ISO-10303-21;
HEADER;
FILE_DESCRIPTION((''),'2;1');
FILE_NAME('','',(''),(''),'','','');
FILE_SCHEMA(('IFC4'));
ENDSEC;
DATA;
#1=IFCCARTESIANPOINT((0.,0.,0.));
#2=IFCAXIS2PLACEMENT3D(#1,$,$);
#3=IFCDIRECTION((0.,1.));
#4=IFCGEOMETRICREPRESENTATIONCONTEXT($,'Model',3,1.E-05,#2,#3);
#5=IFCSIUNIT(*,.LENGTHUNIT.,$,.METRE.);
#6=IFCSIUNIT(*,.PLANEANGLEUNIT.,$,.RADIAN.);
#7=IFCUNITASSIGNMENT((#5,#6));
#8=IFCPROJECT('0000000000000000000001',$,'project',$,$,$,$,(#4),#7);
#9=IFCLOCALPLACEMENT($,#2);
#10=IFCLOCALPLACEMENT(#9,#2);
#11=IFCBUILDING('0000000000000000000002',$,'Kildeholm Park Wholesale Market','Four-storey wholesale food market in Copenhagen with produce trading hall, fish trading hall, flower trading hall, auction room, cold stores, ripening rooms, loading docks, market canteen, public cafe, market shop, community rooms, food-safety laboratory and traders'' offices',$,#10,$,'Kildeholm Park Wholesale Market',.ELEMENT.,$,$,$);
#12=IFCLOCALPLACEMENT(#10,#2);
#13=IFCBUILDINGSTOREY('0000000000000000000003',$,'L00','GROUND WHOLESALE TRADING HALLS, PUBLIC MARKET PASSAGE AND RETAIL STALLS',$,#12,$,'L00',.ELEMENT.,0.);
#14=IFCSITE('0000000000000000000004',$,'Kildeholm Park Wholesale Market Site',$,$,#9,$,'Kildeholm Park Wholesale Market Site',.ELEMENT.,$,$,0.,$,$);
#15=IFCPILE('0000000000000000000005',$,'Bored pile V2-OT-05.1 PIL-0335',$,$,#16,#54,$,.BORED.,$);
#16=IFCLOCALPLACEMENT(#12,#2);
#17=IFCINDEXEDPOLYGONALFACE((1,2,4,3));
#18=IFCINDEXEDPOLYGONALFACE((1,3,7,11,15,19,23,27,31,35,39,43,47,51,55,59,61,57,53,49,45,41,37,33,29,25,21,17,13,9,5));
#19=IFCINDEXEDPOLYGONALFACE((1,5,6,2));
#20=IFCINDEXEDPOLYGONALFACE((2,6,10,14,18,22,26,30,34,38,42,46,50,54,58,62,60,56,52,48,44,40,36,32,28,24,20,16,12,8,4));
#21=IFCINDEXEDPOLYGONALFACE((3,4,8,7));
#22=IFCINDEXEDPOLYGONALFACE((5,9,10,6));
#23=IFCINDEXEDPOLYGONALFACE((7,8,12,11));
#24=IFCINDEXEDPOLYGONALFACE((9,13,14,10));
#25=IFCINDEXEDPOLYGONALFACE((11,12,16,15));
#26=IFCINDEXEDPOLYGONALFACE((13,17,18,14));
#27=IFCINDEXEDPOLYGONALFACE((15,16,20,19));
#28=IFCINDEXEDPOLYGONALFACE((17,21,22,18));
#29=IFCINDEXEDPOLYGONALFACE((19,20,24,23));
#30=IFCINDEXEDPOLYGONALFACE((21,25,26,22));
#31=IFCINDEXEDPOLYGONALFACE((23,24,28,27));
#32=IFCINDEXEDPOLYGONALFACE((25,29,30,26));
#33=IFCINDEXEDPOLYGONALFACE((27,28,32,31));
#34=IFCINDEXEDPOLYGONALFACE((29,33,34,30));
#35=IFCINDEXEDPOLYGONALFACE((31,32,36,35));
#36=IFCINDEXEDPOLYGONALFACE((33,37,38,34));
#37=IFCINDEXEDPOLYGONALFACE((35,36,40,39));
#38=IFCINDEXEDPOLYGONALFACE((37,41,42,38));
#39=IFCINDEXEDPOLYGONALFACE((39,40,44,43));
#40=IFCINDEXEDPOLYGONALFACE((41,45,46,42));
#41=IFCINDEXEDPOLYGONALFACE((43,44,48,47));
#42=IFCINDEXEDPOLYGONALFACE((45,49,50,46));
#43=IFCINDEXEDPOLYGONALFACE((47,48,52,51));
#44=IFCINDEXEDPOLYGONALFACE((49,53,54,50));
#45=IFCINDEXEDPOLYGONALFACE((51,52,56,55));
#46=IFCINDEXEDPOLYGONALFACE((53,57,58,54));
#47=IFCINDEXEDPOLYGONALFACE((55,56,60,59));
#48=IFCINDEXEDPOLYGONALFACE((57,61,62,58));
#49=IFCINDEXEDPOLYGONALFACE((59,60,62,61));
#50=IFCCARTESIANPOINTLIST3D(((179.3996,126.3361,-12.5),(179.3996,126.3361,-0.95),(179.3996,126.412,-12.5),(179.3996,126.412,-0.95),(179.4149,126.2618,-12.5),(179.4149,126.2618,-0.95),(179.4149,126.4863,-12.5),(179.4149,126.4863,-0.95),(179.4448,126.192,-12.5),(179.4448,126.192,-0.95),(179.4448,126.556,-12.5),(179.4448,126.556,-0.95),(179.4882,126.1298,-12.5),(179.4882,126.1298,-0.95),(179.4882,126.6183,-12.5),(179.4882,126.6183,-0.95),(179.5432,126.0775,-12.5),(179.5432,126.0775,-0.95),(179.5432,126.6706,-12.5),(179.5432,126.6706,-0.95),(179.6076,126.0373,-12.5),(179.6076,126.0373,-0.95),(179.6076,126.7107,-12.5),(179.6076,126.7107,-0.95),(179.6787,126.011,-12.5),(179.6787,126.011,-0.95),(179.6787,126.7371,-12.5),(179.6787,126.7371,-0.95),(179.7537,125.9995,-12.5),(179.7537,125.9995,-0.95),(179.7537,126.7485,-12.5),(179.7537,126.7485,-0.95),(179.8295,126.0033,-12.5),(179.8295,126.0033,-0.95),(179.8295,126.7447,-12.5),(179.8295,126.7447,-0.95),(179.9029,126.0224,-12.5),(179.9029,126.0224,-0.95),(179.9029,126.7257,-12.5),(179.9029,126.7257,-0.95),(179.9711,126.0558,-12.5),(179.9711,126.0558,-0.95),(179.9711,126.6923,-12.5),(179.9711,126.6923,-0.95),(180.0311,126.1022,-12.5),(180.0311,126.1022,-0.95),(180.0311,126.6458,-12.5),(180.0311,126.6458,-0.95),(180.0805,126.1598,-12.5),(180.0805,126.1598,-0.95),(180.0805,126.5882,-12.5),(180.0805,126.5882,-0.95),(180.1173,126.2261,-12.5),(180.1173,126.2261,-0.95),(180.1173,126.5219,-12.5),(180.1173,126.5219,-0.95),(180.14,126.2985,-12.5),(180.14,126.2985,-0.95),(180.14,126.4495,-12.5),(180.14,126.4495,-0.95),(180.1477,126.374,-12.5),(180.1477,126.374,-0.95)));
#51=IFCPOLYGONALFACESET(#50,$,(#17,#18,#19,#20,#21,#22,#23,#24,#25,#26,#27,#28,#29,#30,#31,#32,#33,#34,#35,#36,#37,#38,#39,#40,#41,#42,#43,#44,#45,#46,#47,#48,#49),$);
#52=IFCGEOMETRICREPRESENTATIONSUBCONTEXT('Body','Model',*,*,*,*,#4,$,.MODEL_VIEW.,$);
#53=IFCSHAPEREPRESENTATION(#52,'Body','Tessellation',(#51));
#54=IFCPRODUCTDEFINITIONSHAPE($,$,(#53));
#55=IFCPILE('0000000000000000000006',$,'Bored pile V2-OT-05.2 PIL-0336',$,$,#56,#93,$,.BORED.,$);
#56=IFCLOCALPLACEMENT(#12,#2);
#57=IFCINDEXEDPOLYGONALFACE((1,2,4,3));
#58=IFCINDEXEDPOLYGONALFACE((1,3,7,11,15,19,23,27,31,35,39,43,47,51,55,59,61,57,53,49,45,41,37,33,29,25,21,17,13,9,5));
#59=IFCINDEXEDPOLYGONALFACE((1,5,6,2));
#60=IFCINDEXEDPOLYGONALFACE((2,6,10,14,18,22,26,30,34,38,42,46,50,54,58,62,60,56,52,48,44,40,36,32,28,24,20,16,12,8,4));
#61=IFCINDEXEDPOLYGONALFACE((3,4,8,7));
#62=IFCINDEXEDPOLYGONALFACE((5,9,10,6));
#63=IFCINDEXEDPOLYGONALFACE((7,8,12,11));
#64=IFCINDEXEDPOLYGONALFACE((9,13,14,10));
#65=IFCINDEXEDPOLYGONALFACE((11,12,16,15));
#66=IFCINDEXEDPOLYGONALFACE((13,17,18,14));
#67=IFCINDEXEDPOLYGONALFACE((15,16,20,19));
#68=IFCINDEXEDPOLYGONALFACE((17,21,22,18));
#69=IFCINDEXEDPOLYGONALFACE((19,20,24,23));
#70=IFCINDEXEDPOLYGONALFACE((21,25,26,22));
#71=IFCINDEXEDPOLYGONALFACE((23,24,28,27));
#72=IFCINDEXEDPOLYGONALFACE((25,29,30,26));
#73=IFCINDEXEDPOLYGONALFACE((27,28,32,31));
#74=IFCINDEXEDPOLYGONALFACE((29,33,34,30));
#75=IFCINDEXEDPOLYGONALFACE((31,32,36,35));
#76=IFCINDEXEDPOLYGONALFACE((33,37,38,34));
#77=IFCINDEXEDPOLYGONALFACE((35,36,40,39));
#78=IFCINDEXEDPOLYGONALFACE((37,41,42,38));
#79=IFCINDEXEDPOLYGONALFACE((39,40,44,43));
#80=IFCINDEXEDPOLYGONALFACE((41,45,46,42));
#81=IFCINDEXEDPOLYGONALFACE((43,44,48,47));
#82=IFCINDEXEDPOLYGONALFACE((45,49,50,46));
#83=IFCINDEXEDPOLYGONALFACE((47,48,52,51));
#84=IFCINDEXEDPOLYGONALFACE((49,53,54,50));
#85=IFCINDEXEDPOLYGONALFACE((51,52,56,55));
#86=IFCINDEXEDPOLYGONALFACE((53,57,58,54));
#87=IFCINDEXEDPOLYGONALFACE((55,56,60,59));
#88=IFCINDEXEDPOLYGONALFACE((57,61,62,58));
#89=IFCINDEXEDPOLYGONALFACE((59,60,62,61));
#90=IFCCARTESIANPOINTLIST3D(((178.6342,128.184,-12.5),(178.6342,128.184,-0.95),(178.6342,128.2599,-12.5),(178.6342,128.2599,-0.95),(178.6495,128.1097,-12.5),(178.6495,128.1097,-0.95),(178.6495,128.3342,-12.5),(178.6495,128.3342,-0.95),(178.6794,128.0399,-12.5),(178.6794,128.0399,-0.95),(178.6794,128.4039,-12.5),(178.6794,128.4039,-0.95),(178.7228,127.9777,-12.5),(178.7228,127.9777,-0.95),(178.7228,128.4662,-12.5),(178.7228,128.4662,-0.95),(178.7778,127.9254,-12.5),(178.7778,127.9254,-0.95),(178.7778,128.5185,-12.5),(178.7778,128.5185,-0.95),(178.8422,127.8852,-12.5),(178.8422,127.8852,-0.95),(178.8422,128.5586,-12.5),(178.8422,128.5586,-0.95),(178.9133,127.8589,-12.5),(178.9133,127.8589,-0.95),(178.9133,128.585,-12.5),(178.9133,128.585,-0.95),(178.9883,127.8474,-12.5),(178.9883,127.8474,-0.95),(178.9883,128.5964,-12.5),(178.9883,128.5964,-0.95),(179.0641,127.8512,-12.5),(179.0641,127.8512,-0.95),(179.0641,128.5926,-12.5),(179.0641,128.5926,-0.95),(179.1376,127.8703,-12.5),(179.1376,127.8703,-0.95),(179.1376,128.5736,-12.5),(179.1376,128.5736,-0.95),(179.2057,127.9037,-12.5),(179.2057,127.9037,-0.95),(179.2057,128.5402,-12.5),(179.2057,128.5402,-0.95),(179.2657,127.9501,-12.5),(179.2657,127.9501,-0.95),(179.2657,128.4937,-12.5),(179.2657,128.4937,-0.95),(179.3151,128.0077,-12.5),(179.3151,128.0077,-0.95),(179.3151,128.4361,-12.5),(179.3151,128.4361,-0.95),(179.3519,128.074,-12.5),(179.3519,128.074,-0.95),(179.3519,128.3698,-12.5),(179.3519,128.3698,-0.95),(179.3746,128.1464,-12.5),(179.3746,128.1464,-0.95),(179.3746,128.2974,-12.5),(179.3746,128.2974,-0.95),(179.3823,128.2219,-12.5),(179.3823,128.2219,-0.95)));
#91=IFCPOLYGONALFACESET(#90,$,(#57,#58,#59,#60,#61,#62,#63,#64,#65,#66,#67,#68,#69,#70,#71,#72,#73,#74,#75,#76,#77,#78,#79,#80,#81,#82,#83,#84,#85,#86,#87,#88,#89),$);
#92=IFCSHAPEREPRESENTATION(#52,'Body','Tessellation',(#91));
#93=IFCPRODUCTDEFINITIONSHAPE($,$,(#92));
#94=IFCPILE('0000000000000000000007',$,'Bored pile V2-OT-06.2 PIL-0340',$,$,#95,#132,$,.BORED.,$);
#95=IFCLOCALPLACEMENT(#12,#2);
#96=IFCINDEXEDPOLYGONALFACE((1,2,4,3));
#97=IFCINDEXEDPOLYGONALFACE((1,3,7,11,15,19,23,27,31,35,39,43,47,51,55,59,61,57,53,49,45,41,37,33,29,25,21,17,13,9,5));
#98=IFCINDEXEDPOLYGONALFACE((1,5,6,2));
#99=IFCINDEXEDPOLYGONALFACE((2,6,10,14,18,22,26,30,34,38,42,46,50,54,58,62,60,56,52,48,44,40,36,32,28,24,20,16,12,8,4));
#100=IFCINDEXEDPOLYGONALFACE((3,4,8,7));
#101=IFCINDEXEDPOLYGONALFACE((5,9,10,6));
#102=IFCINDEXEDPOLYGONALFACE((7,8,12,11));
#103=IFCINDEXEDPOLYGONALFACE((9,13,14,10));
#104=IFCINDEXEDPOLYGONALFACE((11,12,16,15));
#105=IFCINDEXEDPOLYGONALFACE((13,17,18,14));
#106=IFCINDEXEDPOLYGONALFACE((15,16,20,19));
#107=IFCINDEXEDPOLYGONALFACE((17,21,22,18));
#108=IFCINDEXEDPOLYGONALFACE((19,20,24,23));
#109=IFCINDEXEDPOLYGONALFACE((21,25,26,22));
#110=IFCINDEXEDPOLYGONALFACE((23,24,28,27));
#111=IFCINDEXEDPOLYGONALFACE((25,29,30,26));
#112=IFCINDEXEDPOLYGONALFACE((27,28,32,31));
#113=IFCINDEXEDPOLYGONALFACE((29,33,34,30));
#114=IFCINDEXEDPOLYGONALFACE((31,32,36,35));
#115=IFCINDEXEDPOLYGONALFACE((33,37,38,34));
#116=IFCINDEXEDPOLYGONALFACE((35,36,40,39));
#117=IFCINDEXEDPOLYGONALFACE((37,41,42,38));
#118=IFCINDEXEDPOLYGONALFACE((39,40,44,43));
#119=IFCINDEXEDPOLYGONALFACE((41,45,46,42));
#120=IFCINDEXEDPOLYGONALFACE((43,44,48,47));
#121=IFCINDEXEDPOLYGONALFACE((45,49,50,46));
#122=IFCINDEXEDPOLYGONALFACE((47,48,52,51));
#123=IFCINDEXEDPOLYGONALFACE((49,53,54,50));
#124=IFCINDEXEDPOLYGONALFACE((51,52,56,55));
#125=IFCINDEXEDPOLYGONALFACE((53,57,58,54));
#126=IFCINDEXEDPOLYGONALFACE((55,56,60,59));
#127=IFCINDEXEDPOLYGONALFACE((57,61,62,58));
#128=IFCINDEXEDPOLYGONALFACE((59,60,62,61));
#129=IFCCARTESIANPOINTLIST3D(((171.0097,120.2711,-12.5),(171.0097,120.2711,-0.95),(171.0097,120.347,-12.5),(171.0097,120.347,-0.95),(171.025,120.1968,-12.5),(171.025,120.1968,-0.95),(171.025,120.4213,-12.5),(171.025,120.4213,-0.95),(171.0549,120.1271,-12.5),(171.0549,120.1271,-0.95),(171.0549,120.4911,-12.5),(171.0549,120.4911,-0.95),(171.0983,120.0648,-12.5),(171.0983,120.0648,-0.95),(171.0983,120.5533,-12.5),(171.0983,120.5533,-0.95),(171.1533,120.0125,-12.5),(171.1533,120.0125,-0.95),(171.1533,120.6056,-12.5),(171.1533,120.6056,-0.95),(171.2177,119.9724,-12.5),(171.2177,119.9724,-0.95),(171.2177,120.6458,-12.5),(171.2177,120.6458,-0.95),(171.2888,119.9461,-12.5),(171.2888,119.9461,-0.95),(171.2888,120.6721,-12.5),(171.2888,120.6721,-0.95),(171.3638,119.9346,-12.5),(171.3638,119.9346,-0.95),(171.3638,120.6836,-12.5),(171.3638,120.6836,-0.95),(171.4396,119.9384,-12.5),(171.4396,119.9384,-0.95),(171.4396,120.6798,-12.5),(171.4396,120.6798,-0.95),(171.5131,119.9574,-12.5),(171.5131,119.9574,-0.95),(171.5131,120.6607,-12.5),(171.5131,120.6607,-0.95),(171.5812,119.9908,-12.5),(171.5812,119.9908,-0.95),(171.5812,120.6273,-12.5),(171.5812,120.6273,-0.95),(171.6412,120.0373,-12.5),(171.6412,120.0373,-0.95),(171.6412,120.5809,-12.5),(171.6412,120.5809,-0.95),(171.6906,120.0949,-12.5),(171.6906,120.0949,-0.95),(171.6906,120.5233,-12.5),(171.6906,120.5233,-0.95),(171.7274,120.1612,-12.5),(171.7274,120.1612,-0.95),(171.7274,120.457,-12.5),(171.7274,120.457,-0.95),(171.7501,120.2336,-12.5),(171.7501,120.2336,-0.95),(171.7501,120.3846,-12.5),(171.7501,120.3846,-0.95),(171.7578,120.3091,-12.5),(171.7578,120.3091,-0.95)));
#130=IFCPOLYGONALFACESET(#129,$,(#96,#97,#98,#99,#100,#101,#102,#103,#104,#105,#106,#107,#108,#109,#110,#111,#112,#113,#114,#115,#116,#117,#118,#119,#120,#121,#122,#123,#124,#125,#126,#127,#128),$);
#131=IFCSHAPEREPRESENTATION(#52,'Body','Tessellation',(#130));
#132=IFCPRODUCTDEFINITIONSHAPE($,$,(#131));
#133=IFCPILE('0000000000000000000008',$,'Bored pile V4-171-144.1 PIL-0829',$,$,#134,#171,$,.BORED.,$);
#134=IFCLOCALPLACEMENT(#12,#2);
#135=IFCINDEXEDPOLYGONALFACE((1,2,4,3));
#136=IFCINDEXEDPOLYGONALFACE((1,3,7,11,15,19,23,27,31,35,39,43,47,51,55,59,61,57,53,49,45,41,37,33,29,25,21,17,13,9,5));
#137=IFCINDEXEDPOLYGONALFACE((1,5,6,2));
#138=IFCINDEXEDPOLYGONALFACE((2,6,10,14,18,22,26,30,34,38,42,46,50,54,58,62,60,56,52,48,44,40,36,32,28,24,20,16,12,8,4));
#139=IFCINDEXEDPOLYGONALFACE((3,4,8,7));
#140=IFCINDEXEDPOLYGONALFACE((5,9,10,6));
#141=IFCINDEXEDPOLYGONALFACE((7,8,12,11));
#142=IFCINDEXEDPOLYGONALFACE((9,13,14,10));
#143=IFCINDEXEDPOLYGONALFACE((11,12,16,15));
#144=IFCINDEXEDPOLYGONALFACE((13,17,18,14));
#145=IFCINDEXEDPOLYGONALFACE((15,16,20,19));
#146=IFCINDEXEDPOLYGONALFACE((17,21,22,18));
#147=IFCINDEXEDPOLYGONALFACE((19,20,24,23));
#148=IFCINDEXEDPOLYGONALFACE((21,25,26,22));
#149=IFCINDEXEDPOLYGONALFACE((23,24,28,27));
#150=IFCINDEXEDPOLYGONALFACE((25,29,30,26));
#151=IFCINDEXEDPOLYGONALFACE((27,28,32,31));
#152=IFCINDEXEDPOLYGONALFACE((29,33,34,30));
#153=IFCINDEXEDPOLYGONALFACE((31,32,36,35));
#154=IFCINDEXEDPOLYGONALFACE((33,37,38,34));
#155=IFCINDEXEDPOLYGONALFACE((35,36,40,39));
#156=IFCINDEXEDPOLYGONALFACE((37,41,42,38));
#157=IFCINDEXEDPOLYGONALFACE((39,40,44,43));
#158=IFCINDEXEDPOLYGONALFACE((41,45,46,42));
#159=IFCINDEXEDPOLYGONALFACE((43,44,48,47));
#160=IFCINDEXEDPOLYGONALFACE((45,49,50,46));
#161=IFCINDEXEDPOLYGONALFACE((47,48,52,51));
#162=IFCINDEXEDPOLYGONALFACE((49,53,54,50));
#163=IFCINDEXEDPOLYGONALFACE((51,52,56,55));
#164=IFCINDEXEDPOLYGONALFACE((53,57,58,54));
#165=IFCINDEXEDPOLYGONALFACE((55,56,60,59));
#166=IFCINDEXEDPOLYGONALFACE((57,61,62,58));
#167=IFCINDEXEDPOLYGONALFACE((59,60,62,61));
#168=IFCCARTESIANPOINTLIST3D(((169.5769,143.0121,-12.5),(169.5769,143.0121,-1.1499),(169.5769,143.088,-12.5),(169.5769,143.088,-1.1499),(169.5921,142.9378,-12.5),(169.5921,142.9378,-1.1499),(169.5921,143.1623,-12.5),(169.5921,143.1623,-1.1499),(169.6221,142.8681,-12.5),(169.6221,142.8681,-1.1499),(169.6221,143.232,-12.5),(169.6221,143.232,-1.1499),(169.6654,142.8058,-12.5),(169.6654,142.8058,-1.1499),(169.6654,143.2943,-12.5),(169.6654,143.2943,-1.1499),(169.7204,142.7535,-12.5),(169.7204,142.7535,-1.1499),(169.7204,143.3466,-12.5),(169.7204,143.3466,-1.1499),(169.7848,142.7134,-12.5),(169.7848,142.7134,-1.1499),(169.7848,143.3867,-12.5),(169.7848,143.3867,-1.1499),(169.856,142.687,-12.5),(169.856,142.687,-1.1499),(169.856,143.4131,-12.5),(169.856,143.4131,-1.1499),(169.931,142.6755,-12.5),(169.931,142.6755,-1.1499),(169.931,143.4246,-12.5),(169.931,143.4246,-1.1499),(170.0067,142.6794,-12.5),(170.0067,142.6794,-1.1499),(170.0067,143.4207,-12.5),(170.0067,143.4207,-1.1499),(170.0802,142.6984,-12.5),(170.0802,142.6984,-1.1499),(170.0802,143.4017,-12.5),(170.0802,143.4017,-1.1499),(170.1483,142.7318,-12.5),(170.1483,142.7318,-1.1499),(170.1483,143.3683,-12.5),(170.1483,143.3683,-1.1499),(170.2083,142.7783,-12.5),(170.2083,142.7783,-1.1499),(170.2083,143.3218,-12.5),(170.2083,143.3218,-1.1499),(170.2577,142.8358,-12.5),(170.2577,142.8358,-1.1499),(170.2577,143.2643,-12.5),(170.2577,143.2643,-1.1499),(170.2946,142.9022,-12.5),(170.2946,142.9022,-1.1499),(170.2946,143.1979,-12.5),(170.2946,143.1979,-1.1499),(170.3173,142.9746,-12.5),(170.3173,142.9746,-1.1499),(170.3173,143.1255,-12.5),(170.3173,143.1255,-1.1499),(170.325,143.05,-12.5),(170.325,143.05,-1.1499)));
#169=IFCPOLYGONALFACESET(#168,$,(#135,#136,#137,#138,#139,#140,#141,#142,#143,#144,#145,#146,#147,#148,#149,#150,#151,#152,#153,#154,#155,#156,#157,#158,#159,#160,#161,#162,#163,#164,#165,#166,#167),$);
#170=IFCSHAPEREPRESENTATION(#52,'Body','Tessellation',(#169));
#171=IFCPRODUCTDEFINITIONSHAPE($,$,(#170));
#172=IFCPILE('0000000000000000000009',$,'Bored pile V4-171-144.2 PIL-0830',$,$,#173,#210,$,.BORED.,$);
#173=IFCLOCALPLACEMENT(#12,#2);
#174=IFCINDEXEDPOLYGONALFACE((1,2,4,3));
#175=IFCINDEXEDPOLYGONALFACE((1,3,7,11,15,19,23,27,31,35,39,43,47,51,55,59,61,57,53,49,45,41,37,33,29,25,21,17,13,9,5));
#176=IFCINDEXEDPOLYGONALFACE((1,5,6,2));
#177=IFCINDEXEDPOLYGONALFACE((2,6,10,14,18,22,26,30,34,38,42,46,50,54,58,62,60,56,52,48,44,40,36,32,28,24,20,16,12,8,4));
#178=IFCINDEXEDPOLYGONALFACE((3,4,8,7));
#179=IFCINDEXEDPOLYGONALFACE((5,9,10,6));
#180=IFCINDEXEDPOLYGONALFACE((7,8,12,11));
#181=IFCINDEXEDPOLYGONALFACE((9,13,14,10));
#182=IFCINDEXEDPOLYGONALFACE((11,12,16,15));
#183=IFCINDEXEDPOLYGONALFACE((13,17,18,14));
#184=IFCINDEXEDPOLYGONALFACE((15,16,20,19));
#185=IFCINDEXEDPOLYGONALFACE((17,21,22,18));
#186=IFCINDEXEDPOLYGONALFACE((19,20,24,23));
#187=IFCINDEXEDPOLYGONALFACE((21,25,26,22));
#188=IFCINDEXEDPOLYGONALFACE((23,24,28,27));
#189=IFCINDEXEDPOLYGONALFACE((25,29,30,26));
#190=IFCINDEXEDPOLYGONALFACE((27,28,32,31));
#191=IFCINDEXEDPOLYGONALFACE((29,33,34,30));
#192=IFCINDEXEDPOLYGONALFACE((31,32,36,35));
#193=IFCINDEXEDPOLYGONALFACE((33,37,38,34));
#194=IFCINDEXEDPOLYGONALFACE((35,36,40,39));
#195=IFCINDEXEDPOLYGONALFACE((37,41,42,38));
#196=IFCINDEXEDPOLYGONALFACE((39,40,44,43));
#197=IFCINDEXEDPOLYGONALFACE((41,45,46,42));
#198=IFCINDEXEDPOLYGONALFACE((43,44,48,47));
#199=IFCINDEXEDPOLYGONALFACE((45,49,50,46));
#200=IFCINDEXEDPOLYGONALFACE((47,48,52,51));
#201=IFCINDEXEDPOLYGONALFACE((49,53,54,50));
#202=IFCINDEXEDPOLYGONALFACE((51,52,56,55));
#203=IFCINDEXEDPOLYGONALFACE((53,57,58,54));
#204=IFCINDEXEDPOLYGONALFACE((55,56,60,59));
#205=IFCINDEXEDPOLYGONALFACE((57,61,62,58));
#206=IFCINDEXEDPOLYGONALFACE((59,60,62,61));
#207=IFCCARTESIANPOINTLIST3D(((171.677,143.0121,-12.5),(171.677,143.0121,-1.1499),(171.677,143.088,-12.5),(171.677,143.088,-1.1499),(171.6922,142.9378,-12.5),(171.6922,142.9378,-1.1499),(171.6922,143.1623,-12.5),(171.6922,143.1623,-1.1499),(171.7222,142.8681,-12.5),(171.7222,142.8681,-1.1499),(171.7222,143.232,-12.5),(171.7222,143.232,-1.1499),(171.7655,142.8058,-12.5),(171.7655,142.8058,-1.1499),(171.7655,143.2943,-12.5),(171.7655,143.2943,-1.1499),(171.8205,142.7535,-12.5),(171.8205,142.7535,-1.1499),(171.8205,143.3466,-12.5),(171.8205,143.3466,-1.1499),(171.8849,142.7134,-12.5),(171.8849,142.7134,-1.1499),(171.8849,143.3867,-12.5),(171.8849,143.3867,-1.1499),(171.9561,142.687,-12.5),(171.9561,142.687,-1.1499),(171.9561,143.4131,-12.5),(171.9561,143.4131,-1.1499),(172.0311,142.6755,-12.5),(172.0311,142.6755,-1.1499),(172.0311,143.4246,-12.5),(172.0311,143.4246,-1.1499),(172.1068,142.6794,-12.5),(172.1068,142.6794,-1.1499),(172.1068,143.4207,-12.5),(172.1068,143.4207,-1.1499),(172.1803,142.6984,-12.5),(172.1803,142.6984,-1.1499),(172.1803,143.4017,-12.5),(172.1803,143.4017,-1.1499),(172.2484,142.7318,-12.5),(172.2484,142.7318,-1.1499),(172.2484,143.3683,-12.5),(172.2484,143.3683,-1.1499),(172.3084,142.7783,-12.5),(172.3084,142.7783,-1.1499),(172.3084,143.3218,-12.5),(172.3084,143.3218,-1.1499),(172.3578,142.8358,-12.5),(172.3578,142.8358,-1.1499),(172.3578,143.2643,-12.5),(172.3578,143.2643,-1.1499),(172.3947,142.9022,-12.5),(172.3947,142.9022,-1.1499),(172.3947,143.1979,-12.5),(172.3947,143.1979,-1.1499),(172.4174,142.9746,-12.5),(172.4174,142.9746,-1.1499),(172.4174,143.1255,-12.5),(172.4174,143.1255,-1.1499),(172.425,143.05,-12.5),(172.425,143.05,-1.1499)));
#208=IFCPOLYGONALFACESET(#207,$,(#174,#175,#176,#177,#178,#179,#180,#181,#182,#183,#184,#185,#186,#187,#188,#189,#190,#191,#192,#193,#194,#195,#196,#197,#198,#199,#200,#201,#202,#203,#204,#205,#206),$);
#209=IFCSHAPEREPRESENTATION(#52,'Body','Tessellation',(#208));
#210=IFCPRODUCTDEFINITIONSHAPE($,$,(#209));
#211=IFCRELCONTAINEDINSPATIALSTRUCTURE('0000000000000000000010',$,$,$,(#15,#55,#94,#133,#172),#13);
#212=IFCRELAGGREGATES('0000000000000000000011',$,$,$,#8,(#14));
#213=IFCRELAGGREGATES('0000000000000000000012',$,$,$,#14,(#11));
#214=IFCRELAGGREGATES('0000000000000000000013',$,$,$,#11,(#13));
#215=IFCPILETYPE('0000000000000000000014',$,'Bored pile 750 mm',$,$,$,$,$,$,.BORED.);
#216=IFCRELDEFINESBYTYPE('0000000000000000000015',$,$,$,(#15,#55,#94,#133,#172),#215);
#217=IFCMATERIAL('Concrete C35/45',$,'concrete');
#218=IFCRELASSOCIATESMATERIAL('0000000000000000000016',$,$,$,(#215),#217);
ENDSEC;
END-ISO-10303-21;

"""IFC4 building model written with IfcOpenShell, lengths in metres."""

from ifc_helpers import new_model, si_unit, direction, frame, origin, origin_2d, place, context, subcontext, project, spatial, circle, extrude, material, material_profile, profile_set, type_object, element, save


model = new_model("IFC4")

# Units and contexts
model_context = context("Model", 3, precision=1e-05, world=origin(), true_north=direction((0.0, 1.0)))
body_context = subcontext(model_context, "Body", "Model", "MODEL_VIEW")
ifc_project = project(units=[si_unit("LENGTHUNIT", "METRE"), si_unit("PLANEANGLEUNIT", "RADIAN")], contexts=[model_context])

# Site, building, storey
site_placement = place(None, origin())
site = spatial("IfcSite", under=ifc_project, at=site_placement, Name="Kildeholm Park Wholesale Market Site", LongName="Kildeholm Park Wholesale Market Site", CompositionType="ELEMENT", RefElevation=0.0)
building_placement = place(site_placement, origin())
building = spatial("IfcBuilding", under=site, at=building_placement, Name="Kildeholm Park Wholesale Market", Description="Four-storey wholesale food market in Copenhagen with produce trading hall, fish trading hall, flower trading hall, auction room, cold stores, ripening rooms, loading docks, market canteen, public cafe, market shop, community rooms, food-safety laboratory and traders' offices", LongName="Kildeholm Park Wholesale Market", CompositionType="ELEMENT")
storey_placement = place(building_placement, origin())
storey = spatial("IfcBuildingStorey", under=building, at=storey_placement, Name="L00", Description="GROUND WHOLESALE TRADING HALLS, PUBLIC MARKET PASSAGE AND RETAIL STALLS", LongName="L00", CompositionType="ELEMENT", Elevation=0.0)

# Piles
ifc_material_1 = material(Name="Concrete C35/45", Category="concrete")
ifc_material_profile_1 = material_profile(ifc_material_1, circle(Radius=0.375, at=origin_2d()), Name="PILE D750")
ifc_profile_set_1 = profile_set([ifc_material_profile_1], Name="Concrete C35/45")
pile_type = type_object("IfcPileType", Name="Bored pile 750 mm", PredefinedType="BORED", material=ifc_profile_set_1)
for number, where, z_axis, x_axis, name in (
    (1, (179.7727, 126.374, -0.95), (0.0, 0.0, -1.0), (1.0, 0.0, 0.0), "Bored pile V2-OT-05.1 PIL-0335"),
    (2, (179.0073, 128.2219, -0.95), (0.0, 0.0, -1.0), (1.0, 0.0, 0.0), "Bored pile V2-OT-05.2 PIL-0336"),
    (3, (171.3828, 120.3091, -0.95), (0.0, 0.0, -1.0), (1.0, 0.0, 0.0), "Bored pile V2-OT-06.2 PIL-0340"),
):
    element("IfcPile", number, at=place(storey_placement, frame(where, z_axis=z_axis, x_axis=x_axis)), inside=storey, type_object=pile_type, Name=name, PredefinedType="BORED", context=body_context, shape_type="SweptSolid", body=[
        extrude(circle(Radius=0.375, at=origin_2d()), origin(), (0.0, 0.0, 1.0), 11.55),
    ])
for number, where, z_axis, x_axis, name in (
    (4, (169.95, 143.05, -1.1499), (0.0, 0.0, -1.0), (1.0, 0.0, 0.0), "Bored pile V4-171-144.1 PIL-0829"),
    (5, (172.05, 143.05, -1.1499), (0.0, 0.0, -1.0), (1.0, 0.0, 0.0), "Bored pile V4-171-144.2 PIL-0830"),
):
    element("IfcPile", number, at=place(storey_placement, frame(where, z_axis=z_axis, x_axis=x_axis)), inside=storey, type_object=pile_type, Name=name, PredefinedType="BORED", context=body_context, shape_type="SweptSolid", body=[
        extrude(circle(Radius=0.375, at=origin_2d()), origin(), (0.0, 0.0, 1.0), 11.3501),
    ])

save(model, "model.ifc")
